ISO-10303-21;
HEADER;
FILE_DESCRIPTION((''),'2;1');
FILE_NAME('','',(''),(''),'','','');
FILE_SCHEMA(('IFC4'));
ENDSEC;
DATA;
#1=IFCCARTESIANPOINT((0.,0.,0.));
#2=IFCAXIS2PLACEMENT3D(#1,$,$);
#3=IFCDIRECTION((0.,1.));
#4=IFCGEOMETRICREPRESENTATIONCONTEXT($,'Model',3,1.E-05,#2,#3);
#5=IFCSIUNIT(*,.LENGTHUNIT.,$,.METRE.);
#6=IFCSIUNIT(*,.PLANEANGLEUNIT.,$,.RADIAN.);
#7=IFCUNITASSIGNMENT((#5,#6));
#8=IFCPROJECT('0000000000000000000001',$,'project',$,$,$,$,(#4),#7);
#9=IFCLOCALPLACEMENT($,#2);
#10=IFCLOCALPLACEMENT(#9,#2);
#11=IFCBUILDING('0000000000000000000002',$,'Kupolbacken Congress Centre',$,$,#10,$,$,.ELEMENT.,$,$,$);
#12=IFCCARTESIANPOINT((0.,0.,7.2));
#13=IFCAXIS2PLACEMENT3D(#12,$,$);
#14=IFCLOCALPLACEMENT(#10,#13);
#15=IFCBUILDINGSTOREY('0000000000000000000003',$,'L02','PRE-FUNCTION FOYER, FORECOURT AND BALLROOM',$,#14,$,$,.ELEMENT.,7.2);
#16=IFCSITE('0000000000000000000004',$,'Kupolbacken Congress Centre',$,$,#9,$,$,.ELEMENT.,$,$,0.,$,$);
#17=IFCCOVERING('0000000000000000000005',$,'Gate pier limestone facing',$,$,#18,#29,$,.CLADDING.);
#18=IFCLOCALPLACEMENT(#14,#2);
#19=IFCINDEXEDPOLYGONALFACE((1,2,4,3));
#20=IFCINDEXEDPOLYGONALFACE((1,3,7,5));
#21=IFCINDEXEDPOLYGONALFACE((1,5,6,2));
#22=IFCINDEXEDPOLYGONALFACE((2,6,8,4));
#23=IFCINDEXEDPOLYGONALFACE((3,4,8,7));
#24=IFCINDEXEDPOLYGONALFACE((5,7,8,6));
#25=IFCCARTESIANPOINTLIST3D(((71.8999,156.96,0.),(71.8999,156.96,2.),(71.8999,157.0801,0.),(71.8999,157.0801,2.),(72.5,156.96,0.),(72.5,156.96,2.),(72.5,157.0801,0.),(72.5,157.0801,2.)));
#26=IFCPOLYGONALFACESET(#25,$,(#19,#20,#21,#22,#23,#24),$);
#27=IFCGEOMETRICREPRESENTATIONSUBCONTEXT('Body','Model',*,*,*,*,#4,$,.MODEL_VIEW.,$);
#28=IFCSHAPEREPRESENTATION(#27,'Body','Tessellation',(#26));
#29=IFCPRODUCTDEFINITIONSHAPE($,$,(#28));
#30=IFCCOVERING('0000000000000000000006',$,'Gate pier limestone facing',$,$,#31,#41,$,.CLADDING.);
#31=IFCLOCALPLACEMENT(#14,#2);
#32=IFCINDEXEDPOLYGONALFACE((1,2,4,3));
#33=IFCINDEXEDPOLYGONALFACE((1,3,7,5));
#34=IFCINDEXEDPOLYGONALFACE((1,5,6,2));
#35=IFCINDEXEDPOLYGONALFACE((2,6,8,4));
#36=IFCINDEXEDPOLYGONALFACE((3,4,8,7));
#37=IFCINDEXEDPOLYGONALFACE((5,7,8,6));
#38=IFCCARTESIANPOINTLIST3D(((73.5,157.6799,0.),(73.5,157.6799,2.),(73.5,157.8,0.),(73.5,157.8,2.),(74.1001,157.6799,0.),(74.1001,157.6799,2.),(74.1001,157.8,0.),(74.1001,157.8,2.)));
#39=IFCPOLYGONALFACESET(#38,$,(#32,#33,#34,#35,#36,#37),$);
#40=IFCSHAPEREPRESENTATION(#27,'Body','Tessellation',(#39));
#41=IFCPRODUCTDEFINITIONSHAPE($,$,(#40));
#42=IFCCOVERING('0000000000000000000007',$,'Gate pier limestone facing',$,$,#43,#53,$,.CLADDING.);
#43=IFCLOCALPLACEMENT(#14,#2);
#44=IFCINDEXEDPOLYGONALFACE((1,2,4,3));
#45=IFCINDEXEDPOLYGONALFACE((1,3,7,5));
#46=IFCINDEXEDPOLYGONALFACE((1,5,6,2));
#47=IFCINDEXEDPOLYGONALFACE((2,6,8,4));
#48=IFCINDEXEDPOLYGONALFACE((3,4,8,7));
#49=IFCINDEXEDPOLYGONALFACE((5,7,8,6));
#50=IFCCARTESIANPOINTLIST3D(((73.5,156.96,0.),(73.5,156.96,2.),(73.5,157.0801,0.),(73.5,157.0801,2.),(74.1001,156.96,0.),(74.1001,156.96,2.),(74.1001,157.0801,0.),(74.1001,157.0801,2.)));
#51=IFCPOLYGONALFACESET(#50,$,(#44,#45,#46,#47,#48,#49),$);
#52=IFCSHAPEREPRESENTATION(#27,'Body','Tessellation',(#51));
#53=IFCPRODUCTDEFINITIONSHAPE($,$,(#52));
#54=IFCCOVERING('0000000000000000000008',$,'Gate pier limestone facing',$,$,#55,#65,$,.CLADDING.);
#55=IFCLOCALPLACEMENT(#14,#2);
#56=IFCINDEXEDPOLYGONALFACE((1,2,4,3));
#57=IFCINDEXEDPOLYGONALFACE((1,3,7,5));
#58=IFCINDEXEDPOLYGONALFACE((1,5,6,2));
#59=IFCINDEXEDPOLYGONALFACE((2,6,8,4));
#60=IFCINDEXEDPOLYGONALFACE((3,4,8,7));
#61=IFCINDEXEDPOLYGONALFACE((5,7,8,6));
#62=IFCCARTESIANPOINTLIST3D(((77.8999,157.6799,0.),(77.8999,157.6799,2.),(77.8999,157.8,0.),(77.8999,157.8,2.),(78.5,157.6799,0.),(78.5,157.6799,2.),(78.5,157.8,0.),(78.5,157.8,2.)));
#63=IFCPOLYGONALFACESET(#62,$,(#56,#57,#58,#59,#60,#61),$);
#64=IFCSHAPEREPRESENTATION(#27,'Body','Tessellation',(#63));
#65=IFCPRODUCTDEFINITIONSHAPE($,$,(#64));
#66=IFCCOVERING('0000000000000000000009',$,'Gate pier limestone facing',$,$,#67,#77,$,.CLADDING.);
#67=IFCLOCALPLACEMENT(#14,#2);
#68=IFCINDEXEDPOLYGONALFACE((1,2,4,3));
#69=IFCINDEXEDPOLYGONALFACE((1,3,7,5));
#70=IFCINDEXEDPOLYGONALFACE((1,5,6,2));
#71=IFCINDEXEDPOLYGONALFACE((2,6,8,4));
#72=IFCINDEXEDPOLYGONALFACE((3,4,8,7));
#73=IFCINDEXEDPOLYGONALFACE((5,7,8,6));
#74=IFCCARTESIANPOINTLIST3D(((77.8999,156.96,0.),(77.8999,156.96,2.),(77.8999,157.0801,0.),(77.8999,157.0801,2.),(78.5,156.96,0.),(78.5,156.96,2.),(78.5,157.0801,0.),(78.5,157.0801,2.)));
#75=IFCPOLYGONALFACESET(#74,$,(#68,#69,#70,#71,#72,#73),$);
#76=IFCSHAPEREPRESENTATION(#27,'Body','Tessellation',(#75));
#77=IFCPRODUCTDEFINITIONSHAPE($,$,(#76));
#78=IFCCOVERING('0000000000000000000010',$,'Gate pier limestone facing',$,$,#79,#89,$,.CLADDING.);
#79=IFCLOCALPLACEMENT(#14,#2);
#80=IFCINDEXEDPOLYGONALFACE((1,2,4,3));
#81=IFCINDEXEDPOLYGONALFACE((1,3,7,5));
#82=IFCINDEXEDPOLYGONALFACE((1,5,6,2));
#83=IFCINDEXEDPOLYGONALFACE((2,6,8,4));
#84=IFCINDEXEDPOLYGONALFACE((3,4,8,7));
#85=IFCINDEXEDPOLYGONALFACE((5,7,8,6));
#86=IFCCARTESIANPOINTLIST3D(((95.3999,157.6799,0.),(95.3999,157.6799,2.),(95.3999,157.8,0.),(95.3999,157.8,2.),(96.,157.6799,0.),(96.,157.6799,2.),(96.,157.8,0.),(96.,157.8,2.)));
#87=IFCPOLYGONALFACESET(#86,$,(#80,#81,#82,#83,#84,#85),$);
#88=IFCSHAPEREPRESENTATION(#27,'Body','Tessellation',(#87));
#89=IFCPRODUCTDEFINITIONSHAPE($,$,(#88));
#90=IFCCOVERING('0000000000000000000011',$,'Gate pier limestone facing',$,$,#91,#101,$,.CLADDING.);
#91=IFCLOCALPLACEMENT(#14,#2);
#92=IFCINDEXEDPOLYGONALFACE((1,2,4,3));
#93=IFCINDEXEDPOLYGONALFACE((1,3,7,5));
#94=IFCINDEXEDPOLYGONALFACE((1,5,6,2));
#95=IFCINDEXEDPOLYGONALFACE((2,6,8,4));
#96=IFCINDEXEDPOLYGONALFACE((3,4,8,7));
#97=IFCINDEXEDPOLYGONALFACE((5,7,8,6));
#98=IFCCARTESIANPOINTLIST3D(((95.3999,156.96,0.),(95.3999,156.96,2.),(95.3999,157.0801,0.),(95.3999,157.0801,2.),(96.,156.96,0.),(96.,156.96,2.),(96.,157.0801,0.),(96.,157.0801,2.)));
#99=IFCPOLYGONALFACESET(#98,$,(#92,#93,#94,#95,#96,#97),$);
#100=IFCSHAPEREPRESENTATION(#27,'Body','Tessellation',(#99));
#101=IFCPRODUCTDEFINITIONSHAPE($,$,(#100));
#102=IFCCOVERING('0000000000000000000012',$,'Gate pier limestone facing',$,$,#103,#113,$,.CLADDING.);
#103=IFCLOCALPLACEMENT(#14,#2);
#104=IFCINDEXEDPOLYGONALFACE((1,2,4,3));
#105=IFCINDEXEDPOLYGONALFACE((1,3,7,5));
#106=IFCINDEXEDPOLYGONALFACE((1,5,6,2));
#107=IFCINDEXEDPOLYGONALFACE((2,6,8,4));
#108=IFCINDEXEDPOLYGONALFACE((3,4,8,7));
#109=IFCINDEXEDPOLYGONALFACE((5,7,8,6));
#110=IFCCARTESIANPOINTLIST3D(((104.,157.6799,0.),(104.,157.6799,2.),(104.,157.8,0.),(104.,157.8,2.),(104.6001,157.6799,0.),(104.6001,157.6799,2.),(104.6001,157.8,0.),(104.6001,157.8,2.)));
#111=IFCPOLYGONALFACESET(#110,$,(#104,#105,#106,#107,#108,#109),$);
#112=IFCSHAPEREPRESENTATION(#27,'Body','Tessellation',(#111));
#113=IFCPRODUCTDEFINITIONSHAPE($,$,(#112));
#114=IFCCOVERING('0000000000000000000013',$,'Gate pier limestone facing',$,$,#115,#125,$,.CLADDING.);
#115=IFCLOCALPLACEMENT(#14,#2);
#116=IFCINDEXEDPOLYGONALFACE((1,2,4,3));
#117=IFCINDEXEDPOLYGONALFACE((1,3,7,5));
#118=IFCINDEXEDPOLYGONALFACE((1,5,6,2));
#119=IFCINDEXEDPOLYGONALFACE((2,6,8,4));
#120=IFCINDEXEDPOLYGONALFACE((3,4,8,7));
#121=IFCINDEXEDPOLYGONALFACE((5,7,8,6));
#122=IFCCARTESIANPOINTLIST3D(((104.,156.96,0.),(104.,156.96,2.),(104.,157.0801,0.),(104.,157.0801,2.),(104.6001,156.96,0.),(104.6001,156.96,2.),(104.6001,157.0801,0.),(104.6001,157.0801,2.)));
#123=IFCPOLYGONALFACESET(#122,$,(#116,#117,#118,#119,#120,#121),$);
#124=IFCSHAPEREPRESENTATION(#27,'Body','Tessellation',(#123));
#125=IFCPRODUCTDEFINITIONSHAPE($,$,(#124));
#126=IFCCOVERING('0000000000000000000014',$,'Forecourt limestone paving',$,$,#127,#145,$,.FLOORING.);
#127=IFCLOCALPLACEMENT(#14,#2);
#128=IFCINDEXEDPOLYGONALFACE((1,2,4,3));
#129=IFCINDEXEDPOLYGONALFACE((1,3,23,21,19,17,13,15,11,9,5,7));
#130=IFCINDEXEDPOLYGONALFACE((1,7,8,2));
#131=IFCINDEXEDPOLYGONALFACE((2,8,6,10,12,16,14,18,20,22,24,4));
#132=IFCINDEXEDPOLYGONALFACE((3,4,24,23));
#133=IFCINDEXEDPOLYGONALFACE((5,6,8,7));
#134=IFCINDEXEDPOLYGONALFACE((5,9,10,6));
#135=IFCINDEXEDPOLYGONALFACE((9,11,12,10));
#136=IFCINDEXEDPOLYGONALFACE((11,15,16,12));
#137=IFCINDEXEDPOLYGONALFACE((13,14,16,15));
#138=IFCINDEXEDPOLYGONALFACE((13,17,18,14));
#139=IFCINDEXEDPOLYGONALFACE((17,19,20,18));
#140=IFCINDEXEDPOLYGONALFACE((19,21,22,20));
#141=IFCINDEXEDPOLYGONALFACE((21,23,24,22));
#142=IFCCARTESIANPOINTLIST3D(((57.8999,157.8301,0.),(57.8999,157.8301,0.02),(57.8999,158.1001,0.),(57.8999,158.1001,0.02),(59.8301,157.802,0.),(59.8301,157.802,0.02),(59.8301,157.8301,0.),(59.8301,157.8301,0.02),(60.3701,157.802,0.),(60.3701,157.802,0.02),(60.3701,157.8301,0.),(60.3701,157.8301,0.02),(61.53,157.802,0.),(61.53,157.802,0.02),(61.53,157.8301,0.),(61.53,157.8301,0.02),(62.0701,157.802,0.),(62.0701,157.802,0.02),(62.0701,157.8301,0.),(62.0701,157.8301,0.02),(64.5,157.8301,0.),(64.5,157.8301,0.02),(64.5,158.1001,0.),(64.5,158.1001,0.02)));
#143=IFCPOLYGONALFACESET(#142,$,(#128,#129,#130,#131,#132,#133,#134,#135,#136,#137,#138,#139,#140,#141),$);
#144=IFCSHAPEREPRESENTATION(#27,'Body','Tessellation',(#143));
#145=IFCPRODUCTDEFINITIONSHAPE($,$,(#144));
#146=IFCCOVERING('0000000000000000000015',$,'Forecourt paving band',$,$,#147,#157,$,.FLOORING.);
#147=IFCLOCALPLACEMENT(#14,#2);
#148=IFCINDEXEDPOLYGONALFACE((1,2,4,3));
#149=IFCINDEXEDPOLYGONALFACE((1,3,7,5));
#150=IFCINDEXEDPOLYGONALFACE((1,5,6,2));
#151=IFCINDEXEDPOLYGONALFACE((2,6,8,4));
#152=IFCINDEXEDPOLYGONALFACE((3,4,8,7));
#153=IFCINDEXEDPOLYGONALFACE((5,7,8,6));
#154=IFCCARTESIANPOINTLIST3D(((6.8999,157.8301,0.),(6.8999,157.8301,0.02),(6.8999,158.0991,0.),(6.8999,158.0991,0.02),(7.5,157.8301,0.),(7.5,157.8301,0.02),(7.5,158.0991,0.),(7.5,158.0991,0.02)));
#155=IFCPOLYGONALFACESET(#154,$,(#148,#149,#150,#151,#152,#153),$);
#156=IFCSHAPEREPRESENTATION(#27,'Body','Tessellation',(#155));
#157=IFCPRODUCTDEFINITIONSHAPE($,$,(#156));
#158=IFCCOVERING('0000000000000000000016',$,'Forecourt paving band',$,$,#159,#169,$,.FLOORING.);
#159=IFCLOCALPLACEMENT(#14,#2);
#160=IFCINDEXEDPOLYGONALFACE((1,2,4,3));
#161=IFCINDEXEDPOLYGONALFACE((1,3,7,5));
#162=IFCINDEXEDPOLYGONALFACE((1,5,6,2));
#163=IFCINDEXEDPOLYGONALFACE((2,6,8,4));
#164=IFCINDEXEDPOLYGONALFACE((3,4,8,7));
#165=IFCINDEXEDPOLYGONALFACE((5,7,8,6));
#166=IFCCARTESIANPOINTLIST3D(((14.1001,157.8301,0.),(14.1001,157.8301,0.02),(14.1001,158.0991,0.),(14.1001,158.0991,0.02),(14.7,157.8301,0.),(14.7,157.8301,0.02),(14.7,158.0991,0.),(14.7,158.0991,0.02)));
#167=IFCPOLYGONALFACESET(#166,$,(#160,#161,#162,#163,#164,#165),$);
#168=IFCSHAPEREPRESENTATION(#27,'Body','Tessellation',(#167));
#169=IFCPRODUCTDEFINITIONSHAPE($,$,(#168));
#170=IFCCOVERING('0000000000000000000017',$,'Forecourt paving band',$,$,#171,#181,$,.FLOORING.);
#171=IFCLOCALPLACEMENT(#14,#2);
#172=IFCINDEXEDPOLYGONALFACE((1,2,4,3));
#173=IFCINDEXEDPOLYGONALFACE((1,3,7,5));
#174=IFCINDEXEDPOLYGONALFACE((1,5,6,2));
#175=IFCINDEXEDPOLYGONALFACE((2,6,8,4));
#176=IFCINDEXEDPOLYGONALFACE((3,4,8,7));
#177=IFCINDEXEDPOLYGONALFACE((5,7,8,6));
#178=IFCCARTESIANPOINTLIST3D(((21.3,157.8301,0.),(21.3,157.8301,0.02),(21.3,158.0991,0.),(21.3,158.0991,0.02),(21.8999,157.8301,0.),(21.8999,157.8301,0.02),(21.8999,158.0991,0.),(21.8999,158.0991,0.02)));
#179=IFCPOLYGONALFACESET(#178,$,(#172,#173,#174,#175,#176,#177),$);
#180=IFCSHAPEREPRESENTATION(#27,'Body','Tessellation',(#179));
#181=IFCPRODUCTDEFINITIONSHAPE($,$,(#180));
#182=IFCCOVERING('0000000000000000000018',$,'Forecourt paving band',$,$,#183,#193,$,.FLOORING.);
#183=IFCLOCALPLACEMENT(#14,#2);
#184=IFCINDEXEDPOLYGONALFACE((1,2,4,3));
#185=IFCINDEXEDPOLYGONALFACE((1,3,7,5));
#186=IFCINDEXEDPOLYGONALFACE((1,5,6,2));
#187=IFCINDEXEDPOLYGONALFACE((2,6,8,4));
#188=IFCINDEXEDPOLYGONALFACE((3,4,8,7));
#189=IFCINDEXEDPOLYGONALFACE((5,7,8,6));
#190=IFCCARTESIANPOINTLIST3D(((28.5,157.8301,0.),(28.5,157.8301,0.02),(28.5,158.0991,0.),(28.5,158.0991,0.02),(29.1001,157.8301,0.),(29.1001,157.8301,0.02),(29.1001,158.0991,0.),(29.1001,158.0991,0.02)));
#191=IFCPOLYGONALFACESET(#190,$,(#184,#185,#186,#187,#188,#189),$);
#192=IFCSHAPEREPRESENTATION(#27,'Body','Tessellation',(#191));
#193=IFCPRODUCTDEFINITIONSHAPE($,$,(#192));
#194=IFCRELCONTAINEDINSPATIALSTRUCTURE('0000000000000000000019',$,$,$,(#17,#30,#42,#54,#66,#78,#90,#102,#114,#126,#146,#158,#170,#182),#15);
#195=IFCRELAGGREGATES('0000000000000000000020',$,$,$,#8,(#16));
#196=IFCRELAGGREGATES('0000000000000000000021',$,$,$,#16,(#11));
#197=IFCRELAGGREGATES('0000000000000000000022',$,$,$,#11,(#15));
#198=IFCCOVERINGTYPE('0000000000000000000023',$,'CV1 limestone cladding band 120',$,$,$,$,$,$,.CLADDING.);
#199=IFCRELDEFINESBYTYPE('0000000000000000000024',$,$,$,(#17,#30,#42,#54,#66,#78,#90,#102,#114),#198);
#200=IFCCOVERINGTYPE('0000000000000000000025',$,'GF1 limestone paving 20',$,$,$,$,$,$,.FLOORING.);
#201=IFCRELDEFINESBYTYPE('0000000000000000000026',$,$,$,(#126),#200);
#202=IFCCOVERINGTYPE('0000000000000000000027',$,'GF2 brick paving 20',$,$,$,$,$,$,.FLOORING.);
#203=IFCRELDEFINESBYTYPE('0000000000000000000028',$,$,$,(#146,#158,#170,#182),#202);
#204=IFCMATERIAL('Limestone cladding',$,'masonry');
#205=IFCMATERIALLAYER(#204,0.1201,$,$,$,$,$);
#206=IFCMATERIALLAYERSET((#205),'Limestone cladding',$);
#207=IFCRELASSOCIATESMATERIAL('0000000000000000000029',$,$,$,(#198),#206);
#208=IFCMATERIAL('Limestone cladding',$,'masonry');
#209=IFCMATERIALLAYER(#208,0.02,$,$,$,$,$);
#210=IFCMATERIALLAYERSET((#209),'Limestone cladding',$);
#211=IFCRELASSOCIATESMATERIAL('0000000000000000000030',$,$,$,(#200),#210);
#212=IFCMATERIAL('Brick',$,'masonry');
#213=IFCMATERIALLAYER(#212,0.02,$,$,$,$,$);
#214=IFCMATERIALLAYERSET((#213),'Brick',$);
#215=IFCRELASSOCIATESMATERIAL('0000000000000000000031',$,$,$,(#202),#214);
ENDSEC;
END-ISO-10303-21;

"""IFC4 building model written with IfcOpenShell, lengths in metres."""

from ifc_helpers import new_model, si_unit, direction, frame, origin, place, context, subcontext, project, spatial, polyline, outline, extrude, material, layer, layer_set, type_object, element, save


model = new_model("IFC4")

# Units and contexts
model_context = context("Model", 3, precision=1e-05, world=origin(), true_north=direction((0.0, 1.0)))
body_context = subcontext(model_context, "Body", "Model", "MODEL_VIEW")
ifc_project = project(units=[si_unit("LENGTHUNIT", "METRE"), si_unit("PLANEANGLEUNIT", "RADIAN")], contexts=[model_context])

# Site, building, storey
site_placement = place(None, origin())
site = spatial("IfcSite", under=ifc_project, at=site_placement, Name="Kupolbacken Congress Centre", CompositionType="ELEMENT", RefElevation=0.0)
building_placement = place(site_placement, origin())
building = spatial("IfcBuilding", under=site, at=building_placement, Name="Kupolbacken Congress Centre", CompositionType="ELEMENT")
storey_placement = place(building_placement, frame((0.0, 0.0, 7.2)))
storey = spatial("IfcBuildingStorey", under=building, at=storey_placement, Name="L02", Description="PRE-FUNCTION FOYER, FORECOURT AND BALLROOM", CompositionType="ELEMENT", Elevation=7.2)

# Coverings
ifc_material_1 = material(Name="Limestone cladding", Category="masonry")
ifc_layer_1 = layer(ifc_material_1, 0.1201)
ifc_layer_set_1 = layer_set([ifc_layer_1], Name="Limestone cladding")
covering_type_1 = type_object("IfcCoveringType", Name="CV1 limestone cladding band 120", PredefinedType="CLADDING", material=ifc_layer_set_1)
covering_1_placement = place(storey_placement, origin())
element("IfcCovering", 1, at=covering_1_placement, inside=storey, type_object=covering_type_1, Name="Gate pier limestone facing", PredefinedType="CLADDING", context=body_context, shape_type="SweptSolid", body=[
    extrude(outline(polyline([(71.8999, 156.96), (71.8999, 157.0801), (72.5, 157.0801), (72.5, 156.96), (71.8999, 156.96)])), origin(), (0.0, 0.0, 1.0), 2.0),
])
covering_2_placement = place(storey_placement, origin())
element("IfcCovering", 2, at=covering_2_placement, inside=storey, type_object=covering_type_1, Name="Gate pier limestone facing", PredefinedType="CLADDING", context=body_context, shape_type="SweptSolid", body=[
    extrude(outline(polyline([(73.5, 157.6799), (73.5, 157.8), (74.1001, 157.8), (74.1001, 157.6799), (73.5, 157.6799)])), origin(), (0.0, 0.0, 1.0), 2.0),
])
covering_3_placement = place(storey_placement, origin())
element("IfcCovering", 3, at=covering_3_placement, inside=storey, type_object=covering_type_1, Name="Gate pier limestone facing", PredefinedType="CLADDING", context=body_context, shape_type="SweptSolid", body=[
    extrude(outline(polyline([(73.5, 156.96), (73.5, 157.0801), (74.1001, 157.0801), (74.1001, 156.96), (73.5, 156.96)])), origin(), (0.0, 0.0, 1.0), 2.0),
])
covering_4_placement = place(storey_placement, origin())
element("IfcCovering", 4, at=covering_4_placement, inside=storey, type_object=covering_type_1, Name="Gate pier limestone facing", PredefinedType="CLADDING", context=body_context, shape_type="SweptSolid", body=[
    extrude(outline(polyline([(77.8999, 157.6799), (77.8999, 157.8), (78.5, 157.8), (78.5, 157.6799), (77.8999, 157.6799)])), origin(), (0.0, 0.0, 1.0), 2.0),
])
covering_5_placement = place(storey_placement, origin())
element("IfcCovering", 5, at=covering_5_placement, inside=storey, type_object=covering_type_1, Name="Gate pier limestone facing", PredefinedType="CLADDING", context=body_context, shape_type="SweptSolid", body=[
    extrude(outline(polyline([(77.8999, 156.96), (77.8999, 157.0801), (78.5, 157.0801), (78.5, 156.96), (77.8999, 156.96)])), origin(), (0.0, 0.0, 1.0), 2.0),
])
covering_6_placement = place(storey_placement, origin())
element("IfcCovering", 6, at=covering_6_placement, inside=storey, type_object=covering_type_1, Name="Gate pier limestone facing", PredefinedType="CLADDING", context=body_context, shape_type="SweptSolid", body=[
    extrude(outline(polyline([(95.3999, 157.6799), (95.3999, 157.8), (96.0, 157.8), (96.0, 157.6799), (95.3999, 157.6799)])), origin(), (0.0, 0.0, 1.0), 2.0),
])
covering_7_placement = place(storey_placement, origin())
element("IfcCovering", 7, at=covering_7_placement, inside=storey, type_object=covering_type_1, Name="Gate pier limestone facing", PredefinedType="CLADDING", context=body_context, shape_type="SweptSolid", body=[
    extrude(outline(polyline([(95.3999, 156.96), (95.3999, 157.0801), (96.0, 157.0801), (96.0, 156.96), (95.3999, 156.96)])), origin(), (0.0, 0.0, 1.0), 2.0),
])
covering_8_placement = place(storey_placement, origin())
element("IfcCovering", 8, at=covering_8_placement, inside=storey, type_object=covering_type_1, Name="Gate pier limestone facing", PredefinedType="CLADDING", context=body_context, shape_type="SweptSolid", body=[
    extrude(outline(polyline([(104.0, 157.6799), (104.0, 157.8), (104.6001, 157.8), (104.6001, 157.6799), (104.0, 157.6799)])), origin(), (0.0, 0.0, 1.0), 2.0),
])
covering_9_placement = place(storey_placement, origin())
element("IfcCovering", 9, at=covering_9_placement, inside=storey, type_object=covering_type_1, Name="Gate pier limestone facing", PredefinedType="CLADDING", context=body_context, shape_type="SweptSolid", body=[
    extrude(outline(polyline([(104.0, 156.96), (104.0, 157.0801), (104.6001, 157.0801), (104.6001, 156.96), (104.0, 156.96)])), origin(), (0.0, 0.0, 1.0), 2.0),
])
ifc_material_2 = material(Name="Limestone cladding", Category="masonry")
ifc_layer_2 = layer(ifc_material_2, 0.02)
ifc_layer_set_2 = layer_set([ifc_layer_2], Name="Limestone cladding")
covering_type_2 = type_object("IfcCoveringType", Name="GF1 limestone paving 20", PredefinedType="FLOORING", material=ifc_layer_set_2)
covering_10_placement = place(storey_placement, origin())
element("IfcCovering", 10, at=covering_10_placement, inside=storey, type_object=covering_type_2, Name="Forecourt limestone paving", PredefinedType="FLOORING", context=body_context, shape_type="SweptSolid", body=[
    extrude(outline(polyline([(62.0701, 157.802), (61.53, 157.802), (61.53, 157.8301), (60.3701, 157.8301), (60.3701, 157.802), (59.8301, 157.802), (59.8301, 157.8301), (57.8999, 157.8301), (57.8999, 158.1001), (64.5, 158.1001), (64.5, 157.8301), (62.0701, 157.8301), (62.0701, 157.802)])), origin(), (0.0, 0.0, 1.0), 0.02),
])
ifc_material_3 = material(Name="Brick", Category="masonry")
ifc_layer_3 = layer(ifc_material_3, 0.02)
ifc_layer_set_3 = layer_set([ifc_layer_3], Name="Brick")
covering_type_3 = type_object("IfcCoveringType", Name="GF2 brick paving 20", PredefinedType="FLOORING", material=ifc_layer_set_3)
covering_11_placement = place(storey_placement, origin())
element("IfcCovering", 11, at=covering_11_placement, inside=storey, type_object=covering_type_3, Name="Forecourt paving band", PredefinedType="FLOORING", context=body_context, shape_type="SweptSolid", body=[
    extrude(outline(polyline([(6.8999, 158.0991), (7.5, 158.0991), (7.5, 157.8301), (6.8999, 157.8301), (6.8999, 158.0991)])), origin(), (0.0, 0.0, 1.0), 0.02),
])
covering_12_placement = place(storey_placement, origin())
element("IfcCovering", 12, at=covering_12_placement, inside=storey, type_object=covering_type_3, Name="Forecourt paving band", PredefinedType="FLOORING", context=body_context, shape_type="SweptSolid", body=[
    extrude(outline(polyline([(14.1001, 158.0991), (14.7, 158.0991), (14.7, 157.8301), (14.1001, 157.8301), (14.1001, 158.0991)])), origin(), (0.0, 0.0, 1.0), 0.02),
])
covering_13_placement = place(storey_placement, origin())
element("IfcCovering", 13, at=covering_13_placement, inside=storey, type_object=covering_type_3, Name="Forecourt paving band", PredefinedType="FLOORING", context=body_context, shape_type="SweptSolid", body=[
    extrude(outline(polyline([(21.3, 158.0991), (21.8999, 158.0991), (21.8999, 157.8301), (21.3, 157.8301), (21.3, 158.0991)])), origin(), (0.0, 0.0, 1.0), 0.02),
])
covering_14_placement = place(storey_placement, origin())
element("IfcCovering", 14, at=covering_14_placement, inside=storey, type_object=covering_type_3, Name="Forecourt paving band", PredefinedType="FLOORING", context=body_context, shape_type="SweptSolid", body=[
    extrude(outline(polyline([(28.5, 158.0991), (29.1001, 158.0991), (29.1001, 157.8301), (28.5, 157.8301), (28.5, 158.0991)])), origin(), (0.0, 0.0, 1.0), 0.02),
])

save(model, "model.ifc")
